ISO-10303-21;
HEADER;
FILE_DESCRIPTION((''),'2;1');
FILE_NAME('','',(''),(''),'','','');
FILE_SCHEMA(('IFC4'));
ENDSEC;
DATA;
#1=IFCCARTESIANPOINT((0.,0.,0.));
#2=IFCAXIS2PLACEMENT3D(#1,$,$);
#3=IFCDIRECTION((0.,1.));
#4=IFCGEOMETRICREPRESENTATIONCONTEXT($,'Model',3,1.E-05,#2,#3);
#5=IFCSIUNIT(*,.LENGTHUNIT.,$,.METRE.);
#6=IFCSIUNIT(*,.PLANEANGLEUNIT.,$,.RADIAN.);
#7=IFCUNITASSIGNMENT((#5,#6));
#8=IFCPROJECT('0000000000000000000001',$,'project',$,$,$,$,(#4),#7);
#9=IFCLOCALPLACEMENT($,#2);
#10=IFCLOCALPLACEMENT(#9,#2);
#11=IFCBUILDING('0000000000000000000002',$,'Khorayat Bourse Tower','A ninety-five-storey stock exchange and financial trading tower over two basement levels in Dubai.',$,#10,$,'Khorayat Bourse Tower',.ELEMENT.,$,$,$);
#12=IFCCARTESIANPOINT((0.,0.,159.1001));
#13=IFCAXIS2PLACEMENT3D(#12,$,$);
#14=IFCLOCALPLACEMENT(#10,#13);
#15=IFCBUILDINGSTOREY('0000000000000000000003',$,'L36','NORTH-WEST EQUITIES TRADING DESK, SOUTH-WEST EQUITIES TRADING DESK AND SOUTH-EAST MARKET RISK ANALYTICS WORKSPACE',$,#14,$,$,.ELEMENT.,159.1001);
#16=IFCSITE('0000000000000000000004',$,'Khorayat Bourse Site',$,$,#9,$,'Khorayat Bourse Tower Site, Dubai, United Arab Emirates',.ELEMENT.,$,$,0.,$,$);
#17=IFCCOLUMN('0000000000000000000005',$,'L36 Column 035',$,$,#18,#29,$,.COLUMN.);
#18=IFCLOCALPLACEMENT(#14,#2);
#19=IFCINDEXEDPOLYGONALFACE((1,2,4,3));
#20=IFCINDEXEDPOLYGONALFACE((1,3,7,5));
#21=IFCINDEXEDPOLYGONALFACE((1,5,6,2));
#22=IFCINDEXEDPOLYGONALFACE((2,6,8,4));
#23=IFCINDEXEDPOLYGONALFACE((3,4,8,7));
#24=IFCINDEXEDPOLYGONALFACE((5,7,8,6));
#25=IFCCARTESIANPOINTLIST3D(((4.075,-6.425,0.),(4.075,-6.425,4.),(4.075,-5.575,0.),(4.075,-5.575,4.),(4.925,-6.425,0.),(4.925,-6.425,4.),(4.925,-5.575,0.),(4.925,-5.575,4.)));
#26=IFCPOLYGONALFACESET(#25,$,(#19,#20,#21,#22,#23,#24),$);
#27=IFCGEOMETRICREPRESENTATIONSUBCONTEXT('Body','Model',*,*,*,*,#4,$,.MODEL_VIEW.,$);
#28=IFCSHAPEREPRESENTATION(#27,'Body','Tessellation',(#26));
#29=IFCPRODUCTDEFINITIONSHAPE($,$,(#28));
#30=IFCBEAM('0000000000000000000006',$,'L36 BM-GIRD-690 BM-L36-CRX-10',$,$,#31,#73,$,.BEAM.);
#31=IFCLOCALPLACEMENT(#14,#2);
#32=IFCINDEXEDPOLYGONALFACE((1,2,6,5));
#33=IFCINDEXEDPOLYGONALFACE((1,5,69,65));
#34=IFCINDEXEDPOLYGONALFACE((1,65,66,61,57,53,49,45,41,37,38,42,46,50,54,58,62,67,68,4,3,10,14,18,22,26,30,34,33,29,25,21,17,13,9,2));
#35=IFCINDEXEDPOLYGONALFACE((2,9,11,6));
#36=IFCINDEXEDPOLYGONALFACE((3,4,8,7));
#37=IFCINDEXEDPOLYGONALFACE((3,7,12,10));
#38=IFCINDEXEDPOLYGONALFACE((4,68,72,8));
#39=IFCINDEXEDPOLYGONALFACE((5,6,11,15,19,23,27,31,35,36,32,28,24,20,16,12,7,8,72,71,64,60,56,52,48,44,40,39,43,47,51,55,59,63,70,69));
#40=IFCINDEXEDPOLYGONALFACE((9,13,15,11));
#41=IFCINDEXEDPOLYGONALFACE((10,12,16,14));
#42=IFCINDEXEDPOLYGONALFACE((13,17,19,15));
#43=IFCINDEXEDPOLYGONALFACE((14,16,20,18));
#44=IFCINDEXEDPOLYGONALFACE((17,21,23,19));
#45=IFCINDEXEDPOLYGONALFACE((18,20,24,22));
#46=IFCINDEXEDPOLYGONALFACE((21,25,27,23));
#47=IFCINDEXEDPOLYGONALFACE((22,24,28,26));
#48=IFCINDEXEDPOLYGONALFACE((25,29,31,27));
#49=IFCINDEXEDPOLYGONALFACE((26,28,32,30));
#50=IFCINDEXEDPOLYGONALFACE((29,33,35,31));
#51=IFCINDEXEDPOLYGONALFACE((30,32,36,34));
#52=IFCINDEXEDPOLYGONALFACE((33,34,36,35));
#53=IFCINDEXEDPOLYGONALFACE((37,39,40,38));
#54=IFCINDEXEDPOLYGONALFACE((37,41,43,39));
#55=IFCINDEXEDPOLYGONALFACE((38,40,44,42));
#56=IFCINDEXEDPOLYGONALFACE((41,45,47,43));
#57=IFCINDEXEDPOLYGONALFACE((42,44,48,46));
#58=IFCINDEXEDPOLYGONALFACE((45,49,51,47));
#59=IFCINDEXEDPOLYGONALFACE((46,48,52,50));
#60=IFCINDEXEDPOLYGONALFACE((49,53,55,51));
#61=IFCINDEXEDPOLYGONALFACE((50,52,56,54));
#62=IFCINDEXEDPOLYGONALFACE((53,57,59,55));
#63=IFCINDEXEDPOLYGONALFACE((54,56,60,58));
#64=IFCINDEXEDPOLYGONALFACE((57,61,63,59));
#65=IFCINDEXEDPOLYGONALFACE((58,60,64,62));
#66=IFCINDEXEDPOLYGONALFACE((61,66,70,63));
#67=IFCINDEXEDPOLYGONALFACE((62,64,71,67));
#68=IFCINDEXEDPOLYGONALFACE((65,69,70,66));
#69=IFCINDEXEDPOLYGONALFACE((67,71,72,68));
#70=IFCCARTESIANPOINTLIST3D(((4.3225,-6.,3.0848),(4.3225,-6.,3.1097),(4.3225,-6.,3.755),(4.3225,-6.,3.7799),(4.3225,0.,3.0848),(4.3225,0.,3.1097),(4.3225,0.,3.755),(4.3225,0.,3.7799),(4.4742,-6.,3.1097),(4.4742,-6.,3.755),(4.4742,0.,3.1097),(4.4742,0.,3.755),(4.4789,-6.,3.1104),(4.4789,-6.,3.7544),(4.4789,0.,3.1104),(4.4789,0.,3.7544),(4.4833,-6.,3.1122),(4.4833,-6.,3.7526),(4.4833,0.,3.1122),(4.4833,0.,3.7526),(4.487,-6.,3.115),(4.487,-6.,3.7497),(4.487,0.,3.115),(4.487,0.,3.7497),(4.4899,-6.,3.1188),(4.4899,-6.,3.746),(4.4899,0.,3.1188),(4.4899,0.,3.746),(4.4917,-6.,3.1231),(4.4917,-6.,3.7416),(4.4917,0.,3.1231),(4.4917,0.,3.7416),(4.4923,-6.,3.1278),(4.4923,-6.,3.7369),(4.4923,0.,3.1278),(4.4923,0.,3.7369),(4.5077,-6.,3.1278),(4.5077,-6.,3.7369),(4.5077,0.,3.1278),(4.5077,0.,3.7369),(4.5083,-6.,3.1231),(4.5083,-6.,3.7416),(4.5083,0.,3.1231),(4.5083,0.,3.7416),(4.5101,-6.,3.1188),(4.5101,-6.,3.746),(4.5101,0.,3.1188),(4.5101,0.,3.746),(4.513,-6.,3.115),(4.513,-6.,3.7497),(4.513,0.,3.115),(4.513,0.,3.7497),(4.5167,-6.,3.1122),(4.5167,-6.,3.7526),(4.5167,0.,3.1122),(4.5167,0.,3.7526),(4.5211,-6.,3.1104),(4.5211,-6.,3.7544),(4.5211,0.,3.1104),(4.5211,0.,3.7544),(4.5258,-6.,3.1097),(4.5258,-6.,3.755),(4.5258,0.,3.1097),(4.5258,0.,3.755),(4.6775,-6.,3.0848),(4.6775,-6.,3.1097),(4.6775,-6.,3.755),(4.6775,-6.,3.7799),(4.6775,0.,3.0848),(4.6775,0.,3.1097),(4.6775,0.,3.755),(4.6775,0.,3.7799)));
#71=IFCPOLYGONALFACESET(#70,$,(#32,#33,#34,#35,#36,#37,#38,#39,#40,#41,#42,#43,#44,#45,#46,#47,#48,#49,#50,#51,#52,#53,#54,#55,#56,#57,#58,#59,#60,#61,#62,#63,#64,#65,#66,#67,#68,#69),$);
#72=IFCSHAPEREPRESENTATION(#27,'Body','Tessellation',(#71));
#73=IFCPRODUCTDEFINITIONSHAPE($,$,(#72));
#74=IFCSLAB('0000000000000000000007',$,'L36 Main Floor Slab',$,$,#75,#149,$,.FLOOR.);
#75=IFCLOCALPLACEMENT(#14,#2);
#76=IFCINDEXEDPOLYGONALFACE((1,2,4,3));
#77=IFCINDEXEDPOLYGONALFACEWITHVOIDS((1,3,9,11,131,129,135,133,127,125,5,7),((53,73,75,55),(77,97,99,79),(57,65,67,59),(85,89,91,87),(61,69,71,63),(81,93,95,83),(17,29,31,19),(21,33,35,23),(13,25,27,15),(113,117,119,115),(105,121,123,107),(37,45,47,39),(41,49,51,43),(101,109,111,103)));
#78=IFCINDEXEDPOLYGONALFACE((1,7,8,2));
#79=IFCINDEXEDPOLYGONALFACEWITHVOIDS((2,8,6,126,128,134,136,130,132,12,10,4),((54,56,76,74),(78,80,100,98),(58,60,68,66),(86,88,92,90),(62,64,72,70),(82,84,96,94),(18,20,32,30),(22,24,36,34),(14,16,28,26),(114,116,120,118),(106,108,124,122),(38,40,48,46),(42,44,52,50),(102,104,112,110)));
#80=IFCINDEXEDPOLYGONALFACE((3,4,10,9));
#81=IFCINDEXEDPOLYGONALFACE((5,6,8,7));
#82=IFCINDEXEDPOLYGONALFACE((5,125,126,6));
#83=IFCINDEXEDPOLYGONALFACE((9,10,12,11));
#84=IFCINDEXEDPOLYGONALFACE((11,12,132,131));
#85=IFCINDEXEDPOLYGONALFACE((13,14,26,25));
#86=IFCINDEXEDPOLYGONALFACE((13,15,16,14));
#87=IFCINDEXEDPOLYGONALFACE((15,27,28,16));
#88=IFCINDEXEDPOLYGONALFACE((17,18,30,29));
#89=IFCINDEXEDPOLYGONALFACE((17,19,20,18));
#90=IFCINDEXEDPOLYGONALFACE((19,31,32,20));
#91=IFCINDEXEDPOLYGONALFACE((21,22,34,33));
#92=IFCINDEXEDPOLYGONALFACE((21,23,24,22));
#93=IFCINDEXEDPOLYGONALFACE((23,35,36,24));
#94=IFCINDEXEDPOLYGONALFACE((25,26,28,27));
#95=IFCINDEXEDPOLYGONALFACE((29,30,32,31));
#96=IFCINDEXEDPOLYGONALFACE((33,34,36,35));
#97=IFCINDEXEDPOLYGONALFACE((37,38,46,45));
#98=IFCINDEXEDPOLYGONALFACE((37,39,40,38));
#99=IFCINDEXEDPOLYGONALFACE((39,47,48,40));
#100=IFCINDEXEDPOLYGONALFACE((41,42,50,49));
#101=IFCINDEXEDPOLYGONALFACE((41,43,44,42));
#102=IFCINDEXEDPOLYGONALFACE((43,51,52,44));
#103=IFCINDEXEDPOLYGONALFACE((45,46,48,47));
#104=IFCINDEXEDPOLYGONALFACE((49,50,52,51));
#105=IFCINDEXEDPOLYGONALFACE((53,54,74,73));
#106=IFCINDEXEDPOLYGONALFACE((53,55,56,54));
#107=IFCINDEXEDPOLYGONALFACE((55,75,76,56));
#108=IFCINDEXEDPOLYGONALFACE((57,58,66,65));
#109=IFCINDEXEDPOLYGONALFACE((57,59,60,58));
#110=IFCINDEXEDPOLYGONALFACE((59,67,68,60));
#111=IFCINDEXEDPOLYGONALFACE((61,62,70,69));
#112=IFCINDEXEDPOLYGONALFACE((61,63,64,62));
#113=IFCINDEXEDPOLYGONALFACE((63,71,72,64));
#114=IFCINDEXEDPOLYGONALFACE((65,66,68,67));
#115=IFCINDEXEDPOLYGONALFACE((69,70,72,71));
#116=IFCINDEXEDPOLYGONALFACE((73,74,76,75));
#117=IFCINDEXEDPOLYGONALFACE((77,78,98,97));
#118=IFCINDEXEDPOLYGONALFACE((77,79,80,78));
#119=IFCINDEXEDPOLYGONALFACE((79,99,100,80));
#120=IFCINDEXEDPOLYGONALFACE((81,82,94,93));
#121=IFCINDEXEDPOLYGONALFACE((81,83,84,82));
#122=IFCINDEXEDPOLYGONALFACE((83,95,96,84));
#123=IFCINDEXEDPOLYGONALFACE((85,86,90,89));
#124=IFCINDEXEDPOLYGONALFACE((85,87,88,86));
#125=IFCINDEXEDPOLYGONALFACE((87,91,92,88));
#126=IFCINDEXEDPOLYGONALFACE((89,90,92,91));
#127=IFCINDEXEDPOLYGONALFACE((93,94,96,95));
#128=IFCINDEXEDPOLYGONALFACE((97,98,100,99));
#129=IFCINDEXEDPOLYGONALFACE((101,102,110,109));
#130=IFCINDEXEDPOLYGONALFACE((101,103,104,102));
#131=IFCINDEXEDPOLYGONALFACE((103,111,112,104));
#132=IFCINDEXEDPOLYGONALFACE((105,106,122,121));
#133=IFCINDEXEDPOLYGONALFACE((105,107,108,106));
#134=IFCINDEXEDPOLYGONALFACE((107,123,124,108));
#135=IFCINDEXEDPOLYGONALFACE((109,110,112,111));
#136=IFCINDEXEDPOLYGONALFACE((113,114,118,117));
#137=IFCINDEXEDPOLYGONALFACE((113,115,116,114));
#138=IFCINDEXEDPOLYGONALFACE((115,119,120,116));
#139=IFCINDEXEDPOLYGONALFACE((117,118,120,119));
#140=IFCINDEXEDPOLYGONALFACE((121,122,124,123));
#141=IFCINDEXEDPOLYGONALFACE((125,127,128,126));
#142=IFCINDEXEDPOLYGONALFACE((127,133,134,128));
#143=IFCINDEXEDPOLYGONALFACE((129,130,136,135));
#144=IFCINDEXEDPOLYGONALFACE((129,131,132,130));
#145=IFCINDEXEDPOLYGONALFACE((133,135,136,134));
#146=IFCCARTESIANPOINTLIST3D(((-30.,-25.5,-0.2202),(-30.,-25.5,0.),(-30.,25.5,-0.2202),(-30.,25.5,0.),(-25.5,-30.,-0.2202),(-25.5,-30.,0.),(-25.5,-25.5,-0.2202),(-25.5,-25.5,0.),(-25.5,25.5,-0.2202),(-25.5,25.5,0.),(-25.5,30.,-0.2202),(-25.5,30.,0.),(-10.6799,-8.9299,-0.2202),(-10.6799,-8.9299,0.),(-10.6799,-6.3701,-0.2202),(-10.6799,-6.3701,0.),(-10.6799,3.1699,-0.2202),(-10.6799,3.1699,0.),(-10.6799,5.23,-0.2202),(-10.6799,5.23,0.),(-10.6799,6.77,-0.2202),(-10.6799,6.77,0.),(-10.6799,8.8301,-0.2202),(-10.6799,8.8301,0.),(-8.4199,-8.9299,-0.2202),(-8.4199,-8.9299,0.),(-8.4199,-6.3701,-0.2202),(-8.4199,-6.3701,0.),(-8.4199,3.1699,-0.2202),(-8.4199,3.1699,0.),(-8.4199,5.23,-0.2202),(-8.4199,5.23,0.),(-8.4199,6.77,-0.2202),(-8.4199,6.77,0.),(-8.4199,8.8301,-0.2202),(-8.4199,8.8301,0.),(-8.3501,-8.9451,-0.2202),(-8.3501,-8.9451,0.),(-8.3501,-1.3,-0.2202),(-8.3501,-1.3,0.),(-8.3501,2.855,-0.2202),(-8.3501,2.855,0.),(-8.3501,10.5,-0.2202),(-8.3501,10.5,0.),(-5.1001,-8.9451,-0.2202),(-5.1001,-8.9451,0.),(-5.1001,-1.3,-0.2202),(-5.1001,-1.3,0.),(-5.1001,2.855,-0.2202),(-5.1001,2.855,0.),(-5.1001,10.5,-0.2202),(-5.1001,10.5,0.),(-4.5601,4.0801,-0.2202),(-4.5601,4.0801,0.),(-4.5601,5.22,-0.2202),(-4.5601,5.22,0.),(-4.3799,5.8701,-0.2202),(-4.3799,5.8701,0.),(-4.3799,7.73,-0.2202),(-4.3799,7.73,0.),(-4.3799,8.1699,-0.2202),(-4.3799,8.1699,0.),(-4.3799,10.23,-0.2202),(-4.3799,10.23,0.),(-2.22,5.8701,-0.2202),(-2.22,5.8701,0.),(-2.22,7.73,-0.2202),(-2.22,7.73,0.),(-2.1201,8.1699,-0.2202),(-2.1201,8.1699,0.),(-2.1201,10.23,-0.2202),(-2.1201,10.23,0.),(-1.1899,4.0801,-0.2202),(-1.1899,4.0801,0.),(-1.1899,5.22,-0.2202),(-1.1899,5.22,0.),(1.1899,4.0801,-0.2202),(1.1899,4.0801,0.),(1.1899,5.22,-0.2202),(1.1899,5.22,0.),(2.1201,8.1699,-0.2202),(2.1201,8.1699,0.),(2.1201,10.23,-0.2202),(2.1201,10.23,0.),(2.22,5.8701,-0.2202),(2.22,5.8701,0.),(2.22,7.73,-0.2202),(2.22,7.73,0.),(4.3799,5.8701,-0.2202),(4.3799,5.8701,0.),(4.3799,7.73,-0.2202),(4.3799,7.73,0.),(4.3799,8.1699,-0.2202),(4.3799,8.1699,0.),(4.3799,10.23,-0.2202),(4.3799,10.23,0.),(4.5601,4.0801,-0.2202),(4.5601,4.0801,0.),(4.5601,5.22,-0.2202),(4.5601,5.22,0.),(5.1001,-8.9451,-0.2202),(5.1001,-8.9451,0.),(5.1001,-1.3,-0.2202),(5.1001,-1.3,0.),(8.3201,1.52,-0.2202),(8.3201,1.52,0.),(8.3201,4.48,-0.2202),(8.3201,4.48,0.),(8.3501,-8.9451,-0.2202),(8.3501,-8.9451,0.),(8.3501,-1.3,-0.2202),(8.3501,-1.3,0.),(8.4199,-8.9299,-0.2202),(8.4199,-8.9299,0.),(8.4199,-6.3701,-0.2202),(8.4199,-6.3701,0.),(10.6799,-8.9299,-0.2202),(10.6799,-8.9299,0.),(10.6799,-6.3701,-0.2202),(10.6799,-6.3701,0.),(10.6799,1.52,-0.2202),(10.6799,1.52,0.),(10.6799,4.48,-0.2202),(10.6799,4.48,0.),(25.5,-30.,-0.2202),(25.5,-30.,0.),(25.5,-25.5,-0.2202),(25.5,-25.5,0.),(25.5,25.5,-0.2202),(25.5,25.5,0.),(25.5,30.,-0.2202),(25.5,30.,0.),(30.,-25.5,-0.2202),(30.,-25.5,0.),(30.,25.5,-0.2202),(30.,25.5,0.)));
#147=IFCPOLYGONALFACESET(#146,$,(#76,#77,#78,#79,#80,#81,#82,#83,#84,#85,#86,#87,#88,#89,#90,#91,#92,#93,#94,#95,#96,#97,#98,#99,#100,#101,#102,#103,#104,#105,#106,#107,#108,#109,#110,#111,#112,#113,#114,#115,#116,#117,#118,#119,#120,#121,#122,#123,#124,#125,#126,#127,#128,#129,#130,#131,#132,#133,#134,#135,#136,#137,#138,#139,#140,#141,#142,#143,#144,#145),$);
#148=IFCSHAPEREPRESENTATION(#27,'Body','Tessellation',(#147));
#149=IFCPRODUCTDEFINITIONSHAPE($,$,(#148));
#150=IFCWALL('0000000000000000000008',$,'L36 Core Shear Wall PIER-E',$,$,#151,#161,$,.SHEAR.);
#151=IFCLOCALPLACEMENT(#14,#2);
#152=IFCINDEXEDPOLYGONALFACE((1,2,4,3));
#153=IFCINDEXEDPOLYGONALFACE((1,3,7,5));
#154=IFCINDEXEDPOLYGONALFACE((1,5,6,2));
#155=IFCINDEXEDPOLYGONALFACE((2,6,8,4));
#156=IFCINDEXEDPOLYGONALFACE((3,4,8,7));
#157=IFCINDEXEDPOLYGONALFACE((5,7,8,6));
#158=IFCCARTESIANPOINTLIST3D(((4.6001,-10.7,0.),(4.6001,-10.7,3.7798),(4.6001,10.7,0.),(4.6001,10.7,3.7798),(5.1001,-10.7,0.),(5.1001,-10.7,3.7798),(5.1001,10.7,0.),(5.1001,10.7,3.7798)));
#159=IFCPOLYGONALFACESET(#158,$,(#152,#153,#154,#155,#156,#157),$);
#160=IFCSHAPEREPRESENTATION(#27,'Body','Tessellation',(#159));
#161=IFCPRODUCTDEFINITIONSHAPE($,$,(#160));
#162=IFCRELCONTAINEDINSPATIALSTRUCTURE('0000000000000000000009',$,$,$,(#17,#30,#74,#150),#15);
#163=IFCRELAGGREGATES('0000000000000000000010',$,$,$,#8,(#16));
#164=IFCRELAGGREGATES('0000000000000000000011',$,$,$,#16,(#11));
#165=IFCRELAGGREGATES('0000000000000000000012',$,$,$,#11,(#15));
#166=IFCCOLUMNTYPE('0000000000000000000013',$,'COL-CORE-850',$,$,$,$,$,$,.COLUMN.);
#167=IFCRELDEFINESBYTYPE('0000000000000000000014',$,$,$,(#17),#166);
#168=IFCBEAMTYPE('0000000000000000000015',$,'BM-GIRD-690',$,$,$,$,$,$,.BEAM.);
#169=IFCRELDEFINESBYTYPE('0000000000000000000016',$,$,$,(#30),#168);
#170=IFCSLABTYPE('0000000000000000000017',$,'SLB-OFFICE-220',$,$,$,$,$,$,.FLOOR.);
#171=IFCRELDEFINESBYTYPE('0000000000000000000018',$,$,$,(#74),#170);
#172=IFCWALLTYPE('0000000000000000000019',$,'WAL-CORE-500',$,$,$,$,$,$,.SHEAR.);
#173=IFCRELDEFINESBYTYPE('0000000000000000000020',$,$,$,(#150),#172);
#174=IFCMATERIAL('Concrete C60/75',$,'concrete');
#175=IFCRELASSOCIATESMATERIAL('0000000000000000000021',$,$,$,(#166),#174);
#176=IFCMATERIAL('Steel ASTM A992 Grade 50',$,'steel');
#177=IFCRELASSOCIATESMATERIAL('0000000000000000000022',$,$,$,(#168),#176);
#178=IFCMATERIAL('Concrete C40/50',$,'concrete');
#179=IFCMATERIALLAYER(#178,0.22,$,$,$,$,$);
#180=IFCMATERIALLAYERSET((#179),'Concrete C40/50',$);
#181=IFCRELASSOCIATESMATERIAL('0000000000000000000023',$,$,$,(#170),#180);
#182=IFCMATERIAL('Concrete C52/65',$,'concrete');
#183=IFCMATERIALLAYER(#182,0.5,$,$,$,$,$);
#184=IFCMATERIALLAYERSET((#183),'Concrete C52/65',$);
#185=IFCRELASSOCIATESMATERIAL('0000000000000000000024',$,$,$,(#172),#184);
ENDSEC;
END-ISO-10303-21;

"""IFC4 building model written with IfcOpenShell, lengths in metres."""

from ifc_helpers import new_model, si_unit, direction, frame, frame_2d, origin, origin_2d, place, context, subcontext, project, spatial, polyline, rectangle, i_section, outline, extrude, source, transform, mapped, material, layer, layer_set, material_profile, profile_set, type_object, element, save


model = new_model("IFC4")

# Units and contexts
model_context = context("Model", 3, precision=1e-05, world=origin(), true_north=direction((0.0, 1.0)))
body_context = subcontext(model_context, "Body", "Model", "MODEL_VIEW")
ifc_project = project(units=[si_unit("LENGTHUNIT", "METRE"), si_unit("PLANEANGLEUNIT", "RADIAN")], contexts=[model_context])

# Site, building, storey
site_placement = place(None, origin())
site = spatial("IfcSite", under=ifc_project, at=site_placement, Name="Khorayat Bourse Site", LongName="Khorayat Bourse Tower Site, Dubai, United Arab Emirates", CompositionType="ELEMENT", RefElevation=0.0)
building_placement = place(site_placement, origin())
building = spatial("IfcBuilding", under=site, at=building_placement, Name="Khorayat Bourse Tower", Description="A ninety-five-storey stock exchange and financial trading tower over two basement levels in Dubai.", LongName="Khorayat Bourse Tower", CompositionType="ELEMENT")
storey_placement = place(building_placement, frame((0.0, 0.0, 159.1001)))
storey = spatial("IfcBuildingStorey", under=building, at=storey_placement, Name="L36", Description="NORTH-WEST EQUITIES TRADING DESK, SOUTH-WEST EQUITIES TRADING DESK AND SOUTH-EAST MARKET RISK ANALYTICS WORKSPACE", CompositionType="ELEMENT", Elevation=159.1001)

# Column
ifc_material_1 = material(Name="Concrete C60/75", Category="concrete")
ifc_material_profile_1 = material_profile(ifc_material_1, rectangle(XDim=0.8501, YDim=0.8501, at=origin_2d()), Name="RC 850x850")
ifc_profile_set_1 = profile_set([ifc_material_profile_1], Name="Concrete C60/75")
column_type = type_object("IfcColumnType", Name="COL-CORE-850", PredefinedType="COLUMN", material=ifc_profile_set_1)
shared_shape_1 = source(origin(), body_context, "Body", "SweptSolid", [
    extrude(rectangle(XDim=0.8501, YDim=0.8501, at=origin_2d()), origin(), (0.0, 0.0, 1.0), 4.0),
])
column_placement = place(storey_placement, frame((4.5, -6.0, 0.0), z_axis=(0.0, 0.0, 1.0), x_axis=(1.0, 0.0, 0.0)))
element("IfcColumn", 1, at=column_placement, inside=storey, type_object=column_type, Name="L36 Column 035", PredefinedType="COLUMN", context=body_context, shape_type="MappedRepresentation", body=[
    mapped(shared_shape_1, transform((0.0, 0.0, 0.0), scale=1.0)),
])

# Beam
ifc_material_2 = material(Name="Steel ASTM A992 Grade 50", Category="steel")
ifc_material_profile_2 = material_profile(ifc_material_2, i_section(OverallWidth=0.355, OverallDepth=0.6951, WebThickness=0.0154, FlangeThickness=0.0249, FilletRadius=0.0181, at=origin_2d()), Name="W690X217")
ifc_profile_set_2 = profile_set([ifc_material_profile_2], Name="Steel ASTM A992 Grade 50")
beam_type = type_object("IfcBeamType", Name="BM-GIRD-690", PredefinedType="BEAM", material=ifc_profile_set_2)
shared_shape_2 = source(origin(), body_context, "Body", "SweptSolid", [
    extrude(i_section(OverallWidth=0.355, OverallDepth=0.6951, WebThickness=0.0154, FlangeThickness=0.0249, FilletRadius=0.0181, at=origin_2d()), origin(), (0.0, 0.0, 1.0), 6.0),
])
beam_placement = place(storey_placement, frame((4.5, -6.0, 3.4324), z_axis=(0.0, 1.0, 0.0), x_axis=(-1.0, 0.0, 0.0)))
element("IfcBeam", 2, at=beam_placement, inside=storey, type_object=beam_type, Name="L36 BM-GIRD-690 BM-L36-CRX-10", PredefinedType="BEAM", context=body_context, shape_type="MappedRepresentation", body=[
    mapped(shared_shape_2, transform((0.0, 0.0, 0.0), scale=1.0)),
])

# Slab
ifc_material_3 = material(Name="Concrete C40/50", Category="concrete")
ifc_layer_1 = layer(ifc_material_3, 0.22)
ifc_layer_set_1 = layer_set([ifc_layer_1], Name="Concrete C40/50")
slab_type = type_object("IfcSlabType", Name="SLB-OFFICE-220", PredefinedType="FLOOR", material=ifc_layer_set_1)
slab_placement = place(storey_placement, frame((0.0, 0.0, -0.2202)))
element("IfcSlab", 3, at=slab_placement, inside=storey, type_object=slab_type, Name="L36 Main Floor Slab", PredefinedType="FLOOR", context=body_context, shape_type="SweptSolid", body=[
    extrude(outline(polyline([(-25.5, -30.0), (25.5, -30.0), (25.5, -25.5), (30.0, -25.5), (30.0, 25.5), (25.5, 25.5), (25.5, 30.0), (-25.5, 30.0), (-25.5, 25.5), (-30.0, 25.5), (-30.0, -25.5), (-25.5, -25.5), (-25.5, -30.0)]), holes=[polyline([(-8.3501, -8.9451), (-5.1001, -8.9451), (-5.1001, -1.3), (-8.3501, -1.3), (-8.3501, -8.9451)]), polyline([(-8.3501, 2.855), (-5.1001, 2.855), (-5.1001, 10.5), (-8.3501, 10.5), (-8.3501, 2.855)]), polyline([(5.1001, -8.9451), (8.3501, -8.9451), (8.3501, -1.3), (5.1001, -1.3), (5.1001, -8.9451)]), polyline([(-4.3799, 8.1699), (-2.1201, 8.1699), (-2.1201, 10.23), (-4.3799, 10.23), (-4.3799, 8.1699)]), polyline([(2.1201, 8.1699), (4.3799, 8.1699), (4.3799, 10.23), (2.1201, 10.23), (2.1201, 8.1699)]), polyline([(-4.3799, 5.8701), (-2.22, 5.8701), (-2.22, 7.73), (-4.3799, 7.73), (-4.3799, 5.8701)]), polyline([(2.22, 5.8701), (4.3799, 5.8701), (4.3799, 7.73), (2.22, 7.73), (2.22, 5.8701)]), polyline([(-10.6799, 3.1699), (-8.4199, 3.1699), (-8.4199, 5.23), (-10.6799, 5.23), (-10.6799, 3.1699)]), polyline([(-10.6799, 6.77), (-8.4199, 6.77), (-8.4199, 8.8301), (-10.6799, 8.8301), (-10.6799, 6.77)]), polyline([(-10.6799, -8.9299), (-8.4199, -8.9299), (-8.4199, -6.3701), (-10.6799, -6.3701), (-10.6799, -8.9299)]), polyline([(8.4199, -8.9299), (10.6799, -8.9299), (10.6799, -6.3701), (8.4199, -6.3701), (8.4199, -8.9299)]), polyline([(8.3201, 1.52), (10.6799, 1.52), (10.6799, 4.48), (8.3201, 4.48), (8.3201, 1.52)]), polyline([(-4.5601, 4.0801), (-1.1899, 4.0801), (-1.1899, 5.22), (-4.5601, 5.22), (-4.5601, 4.0801)]), polyline([(1.1899, 4.0801), (4.5601, 4.0801), (4.5601, 5.22), (1.1899, 5.22), (1.1899, 4.0801)])]), origin(), (0.0, 0.0, 1.0), 0.2202),
])

# Wall
ifc_material_4 = material(Name="Concrete C52/65", Category="concrete")
ifc_layer_2 = layer(ifc_material_4, 0.5)
ifc_layer_set_2 = layer_set([ifc_layer_2], Name="Concrete C52/65")
wall_type_1 = type_object("IfcWallType", Name="WAL-CORE-500", PredefinedType="SHEAR", material=ifc_layer_set_2)
shared_shape_3 = source(origin(), body_context, "Body", "SweptSolid", [
    extrude(rectangle(XDim=21.3999, YDim=0.5, at=frame_2d((10.7, 0.0))), origin(), (0.0, 0.0, 1.0), 3.7798),
])
wall_1_placement = place(storey_placement, frame((4.8501, -10.7, 0.0), z_axis=(0.0, 0.0, 1.0), x_axis=(0.0, 1.0, 0.0)))
element("IfcWall", 4, at=wall_1_placement, inside=storey, type_object=wall_type_1, Name="L36 Core Shear Wall PIER-E", PredefinedType="SHEAR", context=body_context, shape_type="MappedRepresentation", body=[
    mapped(shared_shape_3, transform((0.0, 0.0, 0.0), scale=1.0)),
])

save(model, "model.ifc")
